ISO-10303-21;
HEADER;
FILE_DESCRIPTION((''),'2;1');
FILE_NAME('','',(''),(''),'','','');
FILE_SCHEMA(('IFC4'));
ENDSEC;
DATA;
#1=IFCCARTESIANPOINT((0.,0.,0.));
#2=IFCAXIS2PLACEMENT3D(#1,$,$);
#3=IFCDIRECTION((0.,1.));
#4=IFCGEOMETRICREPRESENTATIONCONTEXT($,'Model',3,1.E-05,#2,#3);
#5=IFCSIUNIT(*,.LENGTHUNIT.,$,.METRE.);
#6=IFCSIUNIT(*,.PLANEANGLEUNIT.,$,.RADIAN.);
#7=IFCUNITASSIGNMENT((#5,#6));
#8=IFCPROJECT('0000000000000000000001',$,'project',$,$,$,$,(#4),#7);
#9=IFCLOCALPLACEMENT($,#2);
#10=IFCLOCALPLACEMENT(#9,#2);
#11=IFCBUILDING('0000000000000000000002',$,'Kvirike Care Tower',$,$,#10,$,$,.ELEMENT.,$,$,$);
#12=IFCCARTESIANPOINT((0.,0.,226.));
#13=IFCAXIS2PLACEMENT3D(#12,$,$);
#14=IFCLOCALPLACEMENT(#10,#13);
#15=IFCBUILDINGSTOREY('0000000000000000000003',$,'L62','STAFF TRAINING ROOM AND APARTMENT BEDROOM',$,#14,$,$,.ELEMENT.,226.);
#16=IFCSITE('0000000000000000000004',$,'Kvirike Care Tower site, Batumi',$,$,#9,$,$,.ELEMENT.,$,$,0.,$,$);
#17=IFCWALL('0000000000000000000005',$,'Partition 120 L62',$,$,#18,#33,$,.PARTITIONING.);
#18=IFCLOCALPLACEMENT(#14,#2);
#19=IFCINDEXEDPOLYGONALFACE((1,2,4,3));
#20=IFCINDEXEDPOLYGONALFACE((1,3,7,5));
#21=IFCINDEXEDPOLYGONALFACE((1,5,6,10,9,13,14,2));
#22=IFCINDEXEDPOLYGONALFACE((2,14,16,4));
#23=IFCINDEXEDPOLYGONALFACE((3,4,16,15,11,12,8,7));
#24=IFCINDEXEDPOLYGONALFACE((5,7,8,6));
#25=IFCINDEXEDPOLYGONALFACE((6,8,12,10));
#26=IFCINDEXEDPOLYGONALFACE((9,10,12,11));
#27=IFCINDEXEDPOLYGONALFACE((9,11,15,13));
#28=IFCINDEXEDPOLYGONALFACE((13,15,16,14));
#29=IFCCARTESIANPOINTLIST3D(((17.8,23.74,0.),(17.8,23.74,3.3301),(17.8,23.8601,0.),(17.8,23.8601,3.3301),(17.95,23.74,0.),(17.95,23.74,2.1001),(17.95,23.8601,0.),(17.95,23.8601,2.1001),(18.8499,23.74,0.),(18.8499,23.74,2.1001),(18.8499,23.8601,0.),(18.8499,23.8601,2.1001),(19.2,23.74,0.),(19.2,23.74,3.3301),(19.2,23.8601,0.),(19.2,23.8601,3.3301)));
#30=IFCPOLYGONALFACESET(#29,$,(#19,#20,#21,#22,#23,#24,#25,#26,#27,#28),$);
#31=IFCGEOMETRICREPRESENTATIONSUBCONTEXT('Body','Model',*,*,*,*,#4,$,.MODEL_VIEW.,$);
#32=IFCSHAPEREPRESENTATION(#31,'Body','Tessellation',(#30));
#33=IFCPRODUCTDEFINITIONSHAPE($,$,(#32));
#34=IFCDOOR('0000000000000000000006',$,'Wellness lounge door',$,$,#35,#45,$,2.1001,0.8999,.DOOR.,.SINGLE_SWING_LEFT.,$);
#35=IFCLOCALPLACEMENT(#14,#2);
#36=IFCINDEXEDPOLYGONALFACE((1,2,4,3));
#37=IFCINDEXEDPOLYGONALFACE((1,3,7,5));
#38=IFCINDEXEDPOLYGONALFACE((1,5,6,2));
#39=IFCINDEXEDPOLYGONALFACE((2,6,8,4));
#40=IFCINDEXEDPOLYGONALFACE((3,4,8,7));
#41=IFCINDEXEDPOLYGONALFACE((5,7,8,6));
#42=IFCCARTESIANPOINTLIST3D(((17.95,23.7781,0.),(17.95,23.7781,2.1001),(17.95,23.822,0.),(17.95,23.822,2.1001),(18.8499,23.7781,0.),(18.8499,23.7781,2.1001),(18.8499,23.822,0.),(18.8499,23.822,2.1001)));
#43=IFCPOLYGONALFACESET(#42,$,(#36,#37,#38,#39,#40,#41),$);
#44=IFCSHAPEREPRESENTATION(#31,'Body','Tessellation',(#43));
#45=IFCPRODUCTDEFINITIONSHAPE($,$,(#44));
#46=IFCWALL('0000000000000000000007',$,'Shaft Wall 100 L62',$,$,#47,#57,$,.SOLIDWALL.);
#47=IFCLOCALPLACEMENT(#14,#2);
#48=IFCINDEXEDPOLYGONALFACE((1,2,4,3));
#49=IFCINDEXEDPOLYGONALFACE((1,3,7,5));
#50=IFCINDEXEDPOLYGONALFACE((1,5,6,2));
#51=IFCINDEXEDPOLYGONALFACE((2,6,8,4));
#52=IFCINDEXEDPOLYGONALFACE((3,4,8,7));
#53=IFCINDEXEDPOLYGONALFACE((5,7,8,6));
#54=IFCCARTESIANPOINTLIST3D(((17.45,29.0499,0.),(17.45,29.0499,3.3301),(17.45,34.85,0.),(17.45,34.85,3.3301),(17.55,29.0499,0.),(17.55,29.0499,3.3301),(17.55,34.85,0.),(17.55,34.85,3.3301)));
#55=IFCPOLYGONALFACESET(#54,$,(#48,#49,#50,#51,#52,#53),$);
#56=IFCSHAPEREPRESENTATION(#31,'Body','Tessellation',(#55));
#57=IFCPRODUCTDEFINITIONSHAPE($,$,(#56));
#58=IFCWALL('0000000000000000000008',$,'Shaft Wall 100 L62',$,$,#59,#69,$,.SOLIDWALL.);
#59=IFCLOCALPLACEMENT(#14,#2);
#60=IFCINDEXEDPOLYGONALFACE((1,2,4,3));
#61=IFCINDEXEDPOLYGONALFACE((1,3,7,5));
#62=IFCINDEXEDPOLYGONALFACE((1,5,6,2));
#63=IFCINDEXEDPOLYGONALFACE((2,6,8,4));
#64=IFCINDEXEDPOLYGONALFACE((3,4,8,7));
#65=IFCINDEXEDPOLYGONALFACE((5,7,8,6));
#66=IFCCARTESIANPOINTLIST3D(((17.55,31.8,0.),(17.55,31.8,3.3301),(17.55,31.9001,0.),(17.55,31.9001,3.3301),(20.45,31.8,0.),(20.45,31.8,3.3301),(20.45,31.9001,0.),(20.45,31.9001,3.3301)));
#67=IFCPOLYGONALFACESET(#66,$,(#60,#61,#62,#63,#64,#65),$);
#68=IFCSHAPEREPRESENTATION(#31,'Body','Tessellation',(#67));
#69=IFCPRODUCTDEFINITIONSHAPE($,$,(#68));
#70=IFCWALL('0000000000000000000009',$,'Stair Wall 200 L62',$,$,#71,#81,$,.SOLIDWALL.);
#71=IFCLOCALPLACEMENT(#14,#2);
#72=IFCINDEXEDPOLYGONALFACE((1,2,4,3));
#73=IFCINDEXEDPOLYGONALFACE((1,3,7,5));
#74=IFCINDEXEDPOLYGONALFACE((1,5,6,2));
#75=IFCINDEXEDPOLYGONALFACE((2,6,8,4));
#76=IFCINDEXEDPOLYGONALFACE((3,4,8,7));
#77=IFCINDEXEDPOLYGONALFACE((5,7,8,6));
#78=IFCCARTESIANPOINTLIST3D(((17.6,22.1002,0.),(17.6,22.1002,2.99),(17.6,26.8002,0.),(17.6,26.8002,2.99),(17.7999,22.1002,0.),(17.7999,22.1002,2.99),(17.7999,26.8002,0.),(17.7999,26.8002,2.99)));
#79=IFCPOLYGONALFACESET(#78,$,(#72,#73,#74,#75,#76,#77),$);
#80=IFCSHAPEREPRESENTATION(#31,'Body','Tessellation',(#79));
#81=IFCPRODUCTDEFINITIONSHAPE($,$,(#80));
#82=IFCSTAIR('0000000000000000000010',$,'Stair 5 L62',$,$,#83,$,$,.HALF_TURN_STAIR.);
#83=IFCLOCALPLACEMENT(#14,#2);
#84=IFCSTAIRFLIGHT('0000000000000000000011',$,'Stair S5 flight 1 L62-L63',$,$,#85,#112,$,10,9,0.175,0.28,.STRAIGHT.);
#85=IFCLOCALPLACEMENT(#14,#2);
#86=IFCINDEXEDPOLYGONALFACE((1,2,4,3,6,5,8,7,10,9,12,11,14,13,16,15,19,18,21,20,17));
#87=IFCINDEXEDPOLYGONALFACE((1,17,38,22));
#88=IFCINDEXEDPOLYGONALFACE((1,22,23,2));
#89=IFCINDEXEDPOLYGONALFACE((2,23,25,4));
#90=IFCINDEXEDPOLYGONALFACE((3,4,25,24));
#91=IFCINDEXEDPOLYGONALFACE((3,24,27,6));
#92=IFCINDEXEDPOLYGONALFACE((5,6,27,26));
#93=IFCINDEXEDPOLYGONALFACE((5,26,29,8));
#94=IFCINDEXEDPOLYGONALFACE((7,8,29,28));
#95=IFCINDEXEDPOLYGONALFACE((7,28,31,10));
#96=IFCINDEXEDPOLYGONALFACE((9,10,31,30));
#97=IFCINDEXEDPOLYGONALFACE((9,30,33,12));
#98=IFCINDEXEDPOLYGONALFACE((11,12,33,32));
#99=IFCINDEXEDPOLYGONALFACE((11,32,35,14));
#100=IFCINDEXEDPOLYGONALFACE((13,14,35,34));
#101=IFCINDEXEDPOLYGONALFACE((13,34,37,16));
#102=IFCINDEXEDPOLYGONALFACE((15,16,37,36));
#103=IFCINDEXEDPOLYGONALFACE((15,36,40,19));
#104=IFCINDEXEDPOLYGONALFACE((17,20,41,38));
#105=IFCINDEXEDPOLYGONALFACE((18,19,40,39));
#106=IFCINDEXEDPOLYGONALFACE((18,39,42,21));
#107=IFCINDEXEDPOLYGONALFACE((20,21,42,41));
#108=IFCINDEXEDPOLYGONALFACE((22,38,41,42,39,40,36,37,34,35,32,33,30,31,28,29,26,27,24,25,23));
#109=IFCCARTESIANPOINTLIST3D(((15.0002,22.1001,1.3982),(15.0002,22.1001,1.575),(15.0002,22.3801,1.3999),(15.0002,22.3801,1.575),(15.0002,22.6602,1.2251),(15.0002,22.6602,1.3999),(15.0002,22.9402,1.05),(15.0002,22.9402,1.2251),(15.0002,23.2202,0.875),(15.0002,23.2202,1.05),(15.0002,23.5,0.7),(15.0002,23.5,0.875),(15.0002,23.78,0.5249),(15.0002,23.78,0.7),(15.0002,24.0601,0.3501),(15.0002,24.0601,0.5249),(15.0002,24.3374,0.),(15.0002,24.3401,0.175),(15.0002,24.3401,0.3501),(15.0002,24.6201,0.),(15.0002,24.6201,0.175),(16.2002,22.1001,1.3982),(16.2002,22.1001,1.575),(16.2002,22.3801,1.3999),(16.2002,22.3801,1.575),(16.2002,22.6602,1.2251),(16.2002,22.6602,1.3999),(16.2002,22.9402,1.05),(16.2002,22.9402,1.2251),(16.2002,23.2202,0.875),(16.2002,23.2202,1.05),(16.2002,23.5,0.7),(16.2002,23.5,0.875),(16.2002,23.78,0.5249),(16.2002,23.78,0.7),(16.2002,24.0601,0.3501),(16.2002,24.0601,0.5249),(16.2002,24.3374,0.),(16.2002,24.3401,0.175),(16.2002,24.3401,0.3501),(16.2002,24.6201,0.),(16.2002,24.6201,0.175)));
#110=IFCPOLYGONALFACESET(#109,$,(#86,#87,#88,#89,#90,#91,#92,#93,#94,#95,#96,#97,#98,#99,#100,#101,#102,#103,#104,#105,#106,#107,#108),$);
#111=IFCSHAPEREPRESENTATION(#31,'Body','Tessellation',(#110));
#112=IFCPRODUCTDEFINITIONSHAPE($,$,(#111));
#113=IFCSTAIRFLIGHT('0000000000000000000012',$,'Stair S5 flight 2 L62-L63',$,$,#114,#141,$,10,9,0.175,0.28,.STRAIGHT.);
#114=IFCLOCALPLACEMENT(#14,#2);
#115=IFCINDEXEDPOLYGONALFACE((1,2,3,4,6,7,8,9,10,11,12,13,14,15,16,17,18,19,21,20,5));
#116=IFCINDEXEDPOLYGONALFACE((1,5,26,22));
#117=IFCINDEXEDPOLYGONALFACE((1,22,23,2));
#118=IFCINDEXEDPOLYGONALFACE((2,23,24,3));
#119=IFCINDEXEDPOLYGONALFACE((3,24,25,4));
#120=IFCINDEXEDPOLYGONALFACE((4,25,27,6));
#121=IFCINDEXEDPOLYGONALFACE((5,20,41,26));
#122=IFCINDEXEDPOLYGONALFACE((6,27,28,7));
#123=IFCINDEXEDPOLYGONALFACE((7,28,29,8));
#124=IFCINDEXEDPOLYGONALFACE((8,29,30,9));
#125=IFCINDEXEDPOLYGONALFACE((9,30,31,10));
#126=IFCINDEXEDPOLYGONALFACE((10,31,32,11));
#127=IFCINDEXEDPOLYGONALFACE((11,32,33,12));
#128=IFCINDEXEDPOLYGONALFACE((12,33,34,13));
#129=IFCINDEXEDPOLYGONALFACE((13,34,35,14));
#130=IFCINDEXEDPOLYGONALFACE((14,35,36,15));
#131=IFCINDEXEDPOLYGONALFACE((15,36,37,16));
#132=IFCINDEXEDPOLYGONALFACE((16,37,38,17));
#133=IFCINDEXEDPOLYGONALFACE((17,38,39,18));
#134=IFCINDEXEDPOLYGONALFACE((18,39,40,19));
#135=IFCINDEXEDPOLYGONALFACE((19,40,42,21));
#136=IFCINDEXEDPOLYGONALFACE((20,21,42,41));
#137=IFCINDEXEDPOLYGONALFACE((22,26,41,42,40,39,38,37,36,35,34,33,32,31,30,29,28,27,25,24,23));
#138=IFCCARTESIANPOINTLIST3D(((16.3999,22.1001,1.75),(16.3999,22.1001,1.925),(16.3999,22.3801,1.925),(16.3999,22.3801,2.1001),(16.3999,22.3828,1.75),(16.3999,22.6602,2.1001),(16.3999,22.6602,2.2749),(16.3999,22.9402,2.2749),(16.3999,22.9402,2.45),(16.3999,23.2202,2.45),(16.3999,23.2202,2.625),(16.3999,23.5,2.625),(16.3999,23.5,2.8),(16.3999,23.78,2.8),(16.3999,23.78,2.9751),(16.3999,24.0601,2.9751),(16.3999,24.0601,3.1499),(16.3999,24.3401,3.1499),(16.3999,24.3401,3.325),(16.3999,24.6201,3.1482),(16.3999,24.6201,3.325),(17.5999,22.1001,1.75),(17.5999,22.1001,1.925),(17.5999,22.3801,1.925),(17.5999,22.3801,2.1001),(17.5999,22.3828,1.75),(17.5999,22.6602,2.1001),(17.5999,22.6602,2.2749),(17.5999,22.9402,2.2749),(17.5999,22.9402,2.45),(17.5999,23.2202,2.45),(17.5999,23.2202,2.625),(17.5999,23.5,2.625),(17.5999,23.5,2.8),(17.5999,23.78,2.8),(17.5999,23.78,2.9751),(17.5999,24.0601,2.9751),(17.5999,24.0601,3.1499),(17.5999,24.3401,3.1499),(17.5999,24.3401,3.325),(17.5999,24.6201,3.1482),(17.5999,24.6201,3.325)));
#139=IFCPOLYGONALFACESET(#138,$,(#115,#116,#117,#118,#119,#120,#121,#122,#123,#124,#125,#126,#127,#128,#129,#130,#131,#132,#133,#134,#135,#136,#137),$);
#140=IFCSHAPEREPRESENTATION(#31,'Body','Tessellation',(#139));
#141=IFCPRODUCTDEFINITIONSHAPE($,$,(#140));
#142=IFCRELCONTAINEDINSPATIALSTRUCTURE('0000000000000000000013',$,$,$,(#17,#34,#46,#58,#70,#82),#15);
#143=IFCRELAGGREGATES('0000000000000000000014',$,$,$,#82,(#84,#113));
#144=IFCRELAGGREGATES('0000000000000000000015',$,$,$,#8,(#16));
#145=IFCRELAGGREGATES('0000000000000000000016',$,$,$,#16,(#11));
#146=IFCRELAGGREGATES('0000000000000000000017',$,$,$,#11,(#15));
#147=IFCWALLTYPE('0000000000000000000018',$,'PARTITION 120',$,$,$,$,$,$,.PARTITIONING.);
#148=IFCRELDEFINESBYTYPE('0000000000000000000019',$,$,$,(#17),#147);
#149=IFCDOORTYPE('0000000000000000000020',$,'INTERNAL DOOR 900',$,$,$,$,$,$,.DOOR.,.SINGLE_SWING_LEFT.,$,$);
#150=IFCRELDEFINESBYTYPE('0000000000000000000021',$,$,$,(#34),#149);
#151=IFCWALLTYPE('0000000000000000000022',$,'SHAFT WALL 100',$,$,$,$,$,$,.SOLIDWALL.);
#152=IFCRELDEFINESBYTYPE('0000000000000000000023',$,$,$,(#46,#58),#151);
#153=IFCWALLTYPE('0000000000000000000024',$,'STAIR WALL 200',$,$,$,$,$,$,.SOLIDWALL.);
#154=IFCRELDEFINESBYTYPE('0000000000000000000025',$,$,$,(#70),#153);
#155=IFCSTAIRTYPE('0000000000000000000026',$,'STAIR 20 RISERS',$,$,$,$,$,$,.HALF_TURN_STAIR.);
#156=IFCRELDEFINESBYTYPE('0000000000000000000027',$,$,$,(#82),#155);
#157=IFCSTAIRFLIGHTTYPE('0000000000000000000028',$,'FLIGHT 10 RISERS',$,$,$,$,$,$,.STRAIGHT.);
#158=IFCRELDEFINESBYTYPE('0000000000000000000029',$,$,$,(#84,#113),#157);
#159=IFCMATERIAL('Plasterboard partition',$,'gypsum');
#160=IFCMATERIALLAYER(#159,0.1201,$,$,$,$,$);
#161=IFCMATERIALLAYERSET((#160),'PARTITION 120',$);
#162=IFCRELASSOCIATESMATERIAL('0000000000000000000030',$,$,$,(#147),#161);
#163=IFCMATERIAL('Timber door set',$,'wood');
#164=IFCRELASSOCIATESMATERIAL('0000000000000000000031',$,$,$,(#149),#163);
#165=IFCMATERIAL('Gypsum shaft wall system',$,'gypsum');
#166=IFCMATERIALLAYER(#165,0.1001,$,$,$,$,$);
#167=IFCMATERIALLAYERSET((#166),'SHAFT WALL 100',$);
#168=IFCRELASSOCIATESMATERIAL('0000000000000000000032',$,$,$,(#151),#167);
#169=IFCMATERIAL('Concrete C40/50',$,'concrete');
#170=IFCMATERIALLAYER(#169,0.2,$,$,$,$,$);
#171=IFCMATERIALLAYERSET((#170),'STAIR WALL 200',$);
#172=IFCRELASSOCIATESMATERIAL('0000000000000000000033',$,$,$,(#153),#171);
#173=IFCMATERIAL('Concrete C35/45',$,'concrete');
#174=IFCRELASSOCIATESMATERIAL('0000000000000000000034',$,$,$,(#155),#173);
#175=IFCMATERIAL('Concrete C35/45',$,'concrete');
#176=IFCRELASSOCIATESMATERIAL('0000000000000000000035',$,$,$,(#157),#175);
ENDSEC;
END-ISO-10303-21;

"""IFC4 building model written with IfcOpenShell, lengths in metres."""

from ifc_helpers import new_model, si_unit, direction, frame, frame_2d, origin, place, context, subcontext, project, spatial, polyline, rectangle, outline, extrude, material, layer, layer_set, type_object, element, fill, aggregate, save


model = new_model("IFC4")

# Units and contexts
model_context = context("Model", 3, precision=1e-05, world=origin(), true_north=direction((0.0, 1.0)))
body_context = subcontext(model_context, "Body", "Model", "MODEL_VIEW")
ifc_project = project(units=[si_unit("LENGTHUNIT", "METRE"), si_unit("PLANEANGLEUNIT", "RADIAN")], contexts=[model_context])

# Site, building, storey
site_placement = place(None, origin())
site = spatial("IfcSite", under=ifc_project, at=site_placement, Name="Kvirike Care Tower site, Batumi", CompositionType="ELEMENT", RefElevation=0.0)
building_placement = place(site_placement, origin())
building = spatial("IfcBuilding", under=site, at=building_placement, Name="Kvirike Care Tower", CompositionType="ELEMENT")
storey_placement = place(building_placement, frame((0.0, 0.0, 226.0)))
storey = spatial("IfcBuildingStorey", under=building, at=storey_placement, Name="L62", Description="STAFF TRAINING ROOM AND APARTMENT BEDROOM", CompositionType="ELEMENT", Elevation=226.0)

# Wall, opening, door
ifc_material_1 = material(Name="Plasterboard partition", Category="gypsum")
ifc_layer_1 = layer(ifc_material_1, 0.1201)
ifc_layer_set_1 = layer_set([ifc_layer_1], Name="PARTITION 120")
wall_type_1 = type_object("IfcWallType", Name="PARTITION 120", PredefinedType="PARTITIONING", material=ifc_layer_set_1)
wall_1_placement = place(storey_placement, frame((17.8, 23.8, 0.0), z_axis=(0.0, 0.0, 1.0), x_axis=(1.0, 0.0, 0.0)))
wall_1 = element("IfcWall", 1, at=wall_1_placement, inside=storey, type_object=wall_type_1, Name="Partition 120 L62", PredefinedType="PARTITIONING", context=body_context, shape_type="SweptSolid", body=[
    extrude(rectangle(XDim=1.3999, YDim=0.1201, at=frame_2d((0.7, 0.0))), origin(), (0.0, 0.0, 1.0), 3.3301),
])
opening_1_placement = place(wall_1_placement, frame((0.1499, 0.0, 0.0)))
opening_1 = element("IfcOpeningElement", 2, at=opening_1_placement, cuts=wall_1, PredefinedType="OPENING", context=body_context, shape_type="SweptSolid", body=[
    extrude(rectangle(XDim=0.8999, YDim=2.1001, at=frame_2d((0.45, 1.05))), frame((0.0, 0.0706, 0.0), z_axis=(0.0, -1.0, 0.0), x_axis=(1.0, 0.0, 0.0)), (0.0, 0.0, 1.0), 0.1411),
])
ifc_material_2 = material(Name="Timber door set", Category="wood")
door_type_1 = type_object("IfcDoorType", Name="INTERNAL DOOR 900", OperationType="SINGLE_SWING_LEFT", PredefinedType="DOOR", material=ifc_material_2)
door_1_placement = place(opening_1_placement, frame((0.8999, 0.0, 0.0), z_axis=(0.0, 0.0, 1.0), x_axis=(-1.0, 0.0, 0.0)))
door_1 = element("IfcDoor", 3, at=door_1_placement, inside=storey, type_object=door_type_1, Name="Wellness lounge door", OperationType="SINGLE_SWING_LEFT", OverallHeight=2.1001, OverallWidth=0.8999, PredefinedType="DOOR", context=body_context, shape_type="SweptSolid", body=[
    extrude(rectangle(XDim=0.8999, YDim=2.1001, at=frame_2d((0.45, 1.05))), frame((0.0, 0.022, 0.0), z_axis=(0.0, -1.0, 0.0), x_axis=(1.0, 0.0, 0.0)), (0.0, 0.0, 1.0), 0.0439),
])
fill(opening_1, door_1)

# Walls
ifc_material_3 = material(Name="Gypsum shaft wall system", Category="gypsum")
ifc_layer_2 = layer(ifc_material_3, 0.1001)
ifc_layer_set_2 = layer_set([ifc_layer_2], Name="SHAFT WALL 100")
wall_type_2 = type_object("IfcWallType", Name="SHAFT WALL 100", PredefinedType="SOLIDWALL", material=ifc_layer_set_2)
wall_2_placement = place(storey_placement, frame((17.5, 29.05, 0.0), z_axis=(0.0, 0.0, 1.0), x_axis=(0.0, 1.0, 0.0)))
element("IfcWall", 4, at=wall_2_placement, inside=storey, type_object=wall_type_2, Name="Shaft Wall 100 L62", PredefinedType="SOLIDWALL", context=body_context, shape_type="SweptSolid", body=[
    extrude(rectangle(XDim=5.8, YDim=0.1001, at=frame_2d((2.8999, 0.0))), origin(), (0.0, 0.0, 1.0), 3.3301),
])
wall_3_placement = place(storey_placement, frame((17.55, 31.8501, 0.0), z_axis=(0.0, 0.0, 1.0), x_axis=(1.0, 0.0, 0.0)))
element("IfcWall", 5, at=wall_3_placement, inside=storey, type_object=wall_type_2, Name="Shaft Wall 100 L62", PredefinedType="SOLIDWALL", context=body_context, shape_type="SweptSolid", body=[
    extrude(rectangle(XDim=2.8999, YDim=0.1001, at=frame_2d((1.45, 0.0))), origin(), (0.0, 0.0, 1.0), 3.3301),
])
ifc_material_4 = material(Name="Concrete C40/50", Category="concrete")
ifc_layer_3 = layer(ifc_material_4, 0.2)
ifc_layer_set_3 = layer_set([ifc_layer_3], Name="STAIR WALL 200")
wall_type_3 = type_object("IfcWallType", Name="STAIR WALL 200", PredefinedType="SOLIDWALL", material=ifc_layer_set_3)
wall_4_placement = place(storey_placement, frame((17.7, 22.1001, 0.0), z_axis=(0.0, 0.0, 1.0), x_axis=(0.0, 1.0, 0.0)))
element("IfcWall", 6, at=wall_4_placement, inside=storey, type_object=wall_type_3, Name="Stair Wall 200 L62", PredefinedType="SOLIDWALL", context=body_context, shape_type="SweptSolid", body=[
    extrude(rectangle(XDim=4.7, YDim=0.2, at=frame_2d((2.3501, 0.0))), origin(), (0.0, 0.0, 1.0), 2.99),
])

# Stair, stair flights
ifc_material_5 = material(Name="Concrete C35/45", Category="concrete")
stair_type = type_object("IfcStairType", Name="STAIR 20 RISERS", PredefinedType="HALF_TURN_STAIR", material=ifc_material_5)
stair_placement = place(storey_placement, origin())
stair = element("IfcStair", 7, at=stair_placement, inside=storey, type_object=stair_type, Name="Stair 5 L62", PredefinedType="HALF_TURN_STAIR")
ifc_material_6 = material(Name="Concrete C35/45", Category="concrete")
stair_flight_type = type_object("IfcStairFlightType", Name="FLIGHT 10 RISERS", PredefinedType="STRAIGHT", material=ifc_material_6)
stair_flight_1_placement = place(storey_placement, frame((15.6001, 24.6201, 0.0), z_axis=(0.0, 0.0, 1.0), x_axis=(0.0, -1.0, 0.0)))
stair_flight_1 = element("IfcStairFlight", 8, at=stair_flight_1_placement, type_object=stair_flight_type, Name="Stair S5 flight 1 L62-L63", NumberOfRisers=10, NumberOfTreads=9, PredefinedType="STRAIGHT", RiserHeight=0.175, TreadLength=0.28, context=body_context, shape_type="SweptSolid", body=[
    extrude(outline(polyline([(0.0, 0.0), (0.0, 0.175), (0.28, 0.175), (0.28, 0.3501), (0.5601, 0.3501), (0.5601, 0.5249), (0.8401, 0.5249), (0.8401, 0.7), (1.1201, 0.7), (1.1201, 0.875), (1.3999, 0.875), (1.3999, 1.05), (1.6799, 1.05), (1.6799, 1.2251), (1.96, 1.2251), (1.96, 1.3999), (2.24, 1.3999), (2.24, 1.575), (2.52, 1.575), (2.52, 1.75), (2.52, 1.3982), (0.2827, 0.0), (0.0, 0.0)])), frame((0.0, 0.6001, 0.0), z_axis=(0.0, -1.0, 0.0), x_axis=(1.0, 0.0, 0.0)), (0.0, 0.0, 1.0), 1.2),
])
stair_flight_2_placement = place(storey_placement, frame((17.0, 22.1001, 1.75), z_axis=(0.0, 0.0, 1.0), x_axis=(0.0, 1.0, 0.0)))
stair_flight_2 = element("IfcStairFlight", 9, at=stair_flight_2_placement, type_object=stair_flight_type, Name="Stair S5 flight 2 L62-L63", NumberOfRisers=10, NumberOfTreads=9, PredefinedType="STRAIGHT", RiserHeight=0.175, TreadLength=0.28, context=body_context, shape_type="SweptSolid", body=[
    extrude(outline(polyline([(0.0, 0.0), (0.0, 0.175), (0.28, 0.175), (0.28, 0.3501), (0.5601, 0.3501), (0.5601, 0.5249), (0.8401, 0.5249), (0.8401, 0.7), (1.1201, 0.7), (1.1201, 0.875), (1.3999, 0.875), (1.3999, 1.05), (1.6799, 1.05), (1.6799, 1.2251), (1.96, 1.2251), (1.96, 1.3999), (2.24, 1.3999), (2.24, 1.575), (2.52, 1.575), (2.52, 1.75), (2.52, 1.3982), (0.2827, 0.0), (0.0, 0.0)])), frame((0.0, 0.6001, 0.0), z_axis=(0.0, -1.0, 0.0), x_axis=(1.0, 0.0, 0.0)), (0.0, 0.0, 1.0), 1.2),
])
aggregate(stair, [stair_flight_1, stair_flight_2])

save(model, "model.ifc")
